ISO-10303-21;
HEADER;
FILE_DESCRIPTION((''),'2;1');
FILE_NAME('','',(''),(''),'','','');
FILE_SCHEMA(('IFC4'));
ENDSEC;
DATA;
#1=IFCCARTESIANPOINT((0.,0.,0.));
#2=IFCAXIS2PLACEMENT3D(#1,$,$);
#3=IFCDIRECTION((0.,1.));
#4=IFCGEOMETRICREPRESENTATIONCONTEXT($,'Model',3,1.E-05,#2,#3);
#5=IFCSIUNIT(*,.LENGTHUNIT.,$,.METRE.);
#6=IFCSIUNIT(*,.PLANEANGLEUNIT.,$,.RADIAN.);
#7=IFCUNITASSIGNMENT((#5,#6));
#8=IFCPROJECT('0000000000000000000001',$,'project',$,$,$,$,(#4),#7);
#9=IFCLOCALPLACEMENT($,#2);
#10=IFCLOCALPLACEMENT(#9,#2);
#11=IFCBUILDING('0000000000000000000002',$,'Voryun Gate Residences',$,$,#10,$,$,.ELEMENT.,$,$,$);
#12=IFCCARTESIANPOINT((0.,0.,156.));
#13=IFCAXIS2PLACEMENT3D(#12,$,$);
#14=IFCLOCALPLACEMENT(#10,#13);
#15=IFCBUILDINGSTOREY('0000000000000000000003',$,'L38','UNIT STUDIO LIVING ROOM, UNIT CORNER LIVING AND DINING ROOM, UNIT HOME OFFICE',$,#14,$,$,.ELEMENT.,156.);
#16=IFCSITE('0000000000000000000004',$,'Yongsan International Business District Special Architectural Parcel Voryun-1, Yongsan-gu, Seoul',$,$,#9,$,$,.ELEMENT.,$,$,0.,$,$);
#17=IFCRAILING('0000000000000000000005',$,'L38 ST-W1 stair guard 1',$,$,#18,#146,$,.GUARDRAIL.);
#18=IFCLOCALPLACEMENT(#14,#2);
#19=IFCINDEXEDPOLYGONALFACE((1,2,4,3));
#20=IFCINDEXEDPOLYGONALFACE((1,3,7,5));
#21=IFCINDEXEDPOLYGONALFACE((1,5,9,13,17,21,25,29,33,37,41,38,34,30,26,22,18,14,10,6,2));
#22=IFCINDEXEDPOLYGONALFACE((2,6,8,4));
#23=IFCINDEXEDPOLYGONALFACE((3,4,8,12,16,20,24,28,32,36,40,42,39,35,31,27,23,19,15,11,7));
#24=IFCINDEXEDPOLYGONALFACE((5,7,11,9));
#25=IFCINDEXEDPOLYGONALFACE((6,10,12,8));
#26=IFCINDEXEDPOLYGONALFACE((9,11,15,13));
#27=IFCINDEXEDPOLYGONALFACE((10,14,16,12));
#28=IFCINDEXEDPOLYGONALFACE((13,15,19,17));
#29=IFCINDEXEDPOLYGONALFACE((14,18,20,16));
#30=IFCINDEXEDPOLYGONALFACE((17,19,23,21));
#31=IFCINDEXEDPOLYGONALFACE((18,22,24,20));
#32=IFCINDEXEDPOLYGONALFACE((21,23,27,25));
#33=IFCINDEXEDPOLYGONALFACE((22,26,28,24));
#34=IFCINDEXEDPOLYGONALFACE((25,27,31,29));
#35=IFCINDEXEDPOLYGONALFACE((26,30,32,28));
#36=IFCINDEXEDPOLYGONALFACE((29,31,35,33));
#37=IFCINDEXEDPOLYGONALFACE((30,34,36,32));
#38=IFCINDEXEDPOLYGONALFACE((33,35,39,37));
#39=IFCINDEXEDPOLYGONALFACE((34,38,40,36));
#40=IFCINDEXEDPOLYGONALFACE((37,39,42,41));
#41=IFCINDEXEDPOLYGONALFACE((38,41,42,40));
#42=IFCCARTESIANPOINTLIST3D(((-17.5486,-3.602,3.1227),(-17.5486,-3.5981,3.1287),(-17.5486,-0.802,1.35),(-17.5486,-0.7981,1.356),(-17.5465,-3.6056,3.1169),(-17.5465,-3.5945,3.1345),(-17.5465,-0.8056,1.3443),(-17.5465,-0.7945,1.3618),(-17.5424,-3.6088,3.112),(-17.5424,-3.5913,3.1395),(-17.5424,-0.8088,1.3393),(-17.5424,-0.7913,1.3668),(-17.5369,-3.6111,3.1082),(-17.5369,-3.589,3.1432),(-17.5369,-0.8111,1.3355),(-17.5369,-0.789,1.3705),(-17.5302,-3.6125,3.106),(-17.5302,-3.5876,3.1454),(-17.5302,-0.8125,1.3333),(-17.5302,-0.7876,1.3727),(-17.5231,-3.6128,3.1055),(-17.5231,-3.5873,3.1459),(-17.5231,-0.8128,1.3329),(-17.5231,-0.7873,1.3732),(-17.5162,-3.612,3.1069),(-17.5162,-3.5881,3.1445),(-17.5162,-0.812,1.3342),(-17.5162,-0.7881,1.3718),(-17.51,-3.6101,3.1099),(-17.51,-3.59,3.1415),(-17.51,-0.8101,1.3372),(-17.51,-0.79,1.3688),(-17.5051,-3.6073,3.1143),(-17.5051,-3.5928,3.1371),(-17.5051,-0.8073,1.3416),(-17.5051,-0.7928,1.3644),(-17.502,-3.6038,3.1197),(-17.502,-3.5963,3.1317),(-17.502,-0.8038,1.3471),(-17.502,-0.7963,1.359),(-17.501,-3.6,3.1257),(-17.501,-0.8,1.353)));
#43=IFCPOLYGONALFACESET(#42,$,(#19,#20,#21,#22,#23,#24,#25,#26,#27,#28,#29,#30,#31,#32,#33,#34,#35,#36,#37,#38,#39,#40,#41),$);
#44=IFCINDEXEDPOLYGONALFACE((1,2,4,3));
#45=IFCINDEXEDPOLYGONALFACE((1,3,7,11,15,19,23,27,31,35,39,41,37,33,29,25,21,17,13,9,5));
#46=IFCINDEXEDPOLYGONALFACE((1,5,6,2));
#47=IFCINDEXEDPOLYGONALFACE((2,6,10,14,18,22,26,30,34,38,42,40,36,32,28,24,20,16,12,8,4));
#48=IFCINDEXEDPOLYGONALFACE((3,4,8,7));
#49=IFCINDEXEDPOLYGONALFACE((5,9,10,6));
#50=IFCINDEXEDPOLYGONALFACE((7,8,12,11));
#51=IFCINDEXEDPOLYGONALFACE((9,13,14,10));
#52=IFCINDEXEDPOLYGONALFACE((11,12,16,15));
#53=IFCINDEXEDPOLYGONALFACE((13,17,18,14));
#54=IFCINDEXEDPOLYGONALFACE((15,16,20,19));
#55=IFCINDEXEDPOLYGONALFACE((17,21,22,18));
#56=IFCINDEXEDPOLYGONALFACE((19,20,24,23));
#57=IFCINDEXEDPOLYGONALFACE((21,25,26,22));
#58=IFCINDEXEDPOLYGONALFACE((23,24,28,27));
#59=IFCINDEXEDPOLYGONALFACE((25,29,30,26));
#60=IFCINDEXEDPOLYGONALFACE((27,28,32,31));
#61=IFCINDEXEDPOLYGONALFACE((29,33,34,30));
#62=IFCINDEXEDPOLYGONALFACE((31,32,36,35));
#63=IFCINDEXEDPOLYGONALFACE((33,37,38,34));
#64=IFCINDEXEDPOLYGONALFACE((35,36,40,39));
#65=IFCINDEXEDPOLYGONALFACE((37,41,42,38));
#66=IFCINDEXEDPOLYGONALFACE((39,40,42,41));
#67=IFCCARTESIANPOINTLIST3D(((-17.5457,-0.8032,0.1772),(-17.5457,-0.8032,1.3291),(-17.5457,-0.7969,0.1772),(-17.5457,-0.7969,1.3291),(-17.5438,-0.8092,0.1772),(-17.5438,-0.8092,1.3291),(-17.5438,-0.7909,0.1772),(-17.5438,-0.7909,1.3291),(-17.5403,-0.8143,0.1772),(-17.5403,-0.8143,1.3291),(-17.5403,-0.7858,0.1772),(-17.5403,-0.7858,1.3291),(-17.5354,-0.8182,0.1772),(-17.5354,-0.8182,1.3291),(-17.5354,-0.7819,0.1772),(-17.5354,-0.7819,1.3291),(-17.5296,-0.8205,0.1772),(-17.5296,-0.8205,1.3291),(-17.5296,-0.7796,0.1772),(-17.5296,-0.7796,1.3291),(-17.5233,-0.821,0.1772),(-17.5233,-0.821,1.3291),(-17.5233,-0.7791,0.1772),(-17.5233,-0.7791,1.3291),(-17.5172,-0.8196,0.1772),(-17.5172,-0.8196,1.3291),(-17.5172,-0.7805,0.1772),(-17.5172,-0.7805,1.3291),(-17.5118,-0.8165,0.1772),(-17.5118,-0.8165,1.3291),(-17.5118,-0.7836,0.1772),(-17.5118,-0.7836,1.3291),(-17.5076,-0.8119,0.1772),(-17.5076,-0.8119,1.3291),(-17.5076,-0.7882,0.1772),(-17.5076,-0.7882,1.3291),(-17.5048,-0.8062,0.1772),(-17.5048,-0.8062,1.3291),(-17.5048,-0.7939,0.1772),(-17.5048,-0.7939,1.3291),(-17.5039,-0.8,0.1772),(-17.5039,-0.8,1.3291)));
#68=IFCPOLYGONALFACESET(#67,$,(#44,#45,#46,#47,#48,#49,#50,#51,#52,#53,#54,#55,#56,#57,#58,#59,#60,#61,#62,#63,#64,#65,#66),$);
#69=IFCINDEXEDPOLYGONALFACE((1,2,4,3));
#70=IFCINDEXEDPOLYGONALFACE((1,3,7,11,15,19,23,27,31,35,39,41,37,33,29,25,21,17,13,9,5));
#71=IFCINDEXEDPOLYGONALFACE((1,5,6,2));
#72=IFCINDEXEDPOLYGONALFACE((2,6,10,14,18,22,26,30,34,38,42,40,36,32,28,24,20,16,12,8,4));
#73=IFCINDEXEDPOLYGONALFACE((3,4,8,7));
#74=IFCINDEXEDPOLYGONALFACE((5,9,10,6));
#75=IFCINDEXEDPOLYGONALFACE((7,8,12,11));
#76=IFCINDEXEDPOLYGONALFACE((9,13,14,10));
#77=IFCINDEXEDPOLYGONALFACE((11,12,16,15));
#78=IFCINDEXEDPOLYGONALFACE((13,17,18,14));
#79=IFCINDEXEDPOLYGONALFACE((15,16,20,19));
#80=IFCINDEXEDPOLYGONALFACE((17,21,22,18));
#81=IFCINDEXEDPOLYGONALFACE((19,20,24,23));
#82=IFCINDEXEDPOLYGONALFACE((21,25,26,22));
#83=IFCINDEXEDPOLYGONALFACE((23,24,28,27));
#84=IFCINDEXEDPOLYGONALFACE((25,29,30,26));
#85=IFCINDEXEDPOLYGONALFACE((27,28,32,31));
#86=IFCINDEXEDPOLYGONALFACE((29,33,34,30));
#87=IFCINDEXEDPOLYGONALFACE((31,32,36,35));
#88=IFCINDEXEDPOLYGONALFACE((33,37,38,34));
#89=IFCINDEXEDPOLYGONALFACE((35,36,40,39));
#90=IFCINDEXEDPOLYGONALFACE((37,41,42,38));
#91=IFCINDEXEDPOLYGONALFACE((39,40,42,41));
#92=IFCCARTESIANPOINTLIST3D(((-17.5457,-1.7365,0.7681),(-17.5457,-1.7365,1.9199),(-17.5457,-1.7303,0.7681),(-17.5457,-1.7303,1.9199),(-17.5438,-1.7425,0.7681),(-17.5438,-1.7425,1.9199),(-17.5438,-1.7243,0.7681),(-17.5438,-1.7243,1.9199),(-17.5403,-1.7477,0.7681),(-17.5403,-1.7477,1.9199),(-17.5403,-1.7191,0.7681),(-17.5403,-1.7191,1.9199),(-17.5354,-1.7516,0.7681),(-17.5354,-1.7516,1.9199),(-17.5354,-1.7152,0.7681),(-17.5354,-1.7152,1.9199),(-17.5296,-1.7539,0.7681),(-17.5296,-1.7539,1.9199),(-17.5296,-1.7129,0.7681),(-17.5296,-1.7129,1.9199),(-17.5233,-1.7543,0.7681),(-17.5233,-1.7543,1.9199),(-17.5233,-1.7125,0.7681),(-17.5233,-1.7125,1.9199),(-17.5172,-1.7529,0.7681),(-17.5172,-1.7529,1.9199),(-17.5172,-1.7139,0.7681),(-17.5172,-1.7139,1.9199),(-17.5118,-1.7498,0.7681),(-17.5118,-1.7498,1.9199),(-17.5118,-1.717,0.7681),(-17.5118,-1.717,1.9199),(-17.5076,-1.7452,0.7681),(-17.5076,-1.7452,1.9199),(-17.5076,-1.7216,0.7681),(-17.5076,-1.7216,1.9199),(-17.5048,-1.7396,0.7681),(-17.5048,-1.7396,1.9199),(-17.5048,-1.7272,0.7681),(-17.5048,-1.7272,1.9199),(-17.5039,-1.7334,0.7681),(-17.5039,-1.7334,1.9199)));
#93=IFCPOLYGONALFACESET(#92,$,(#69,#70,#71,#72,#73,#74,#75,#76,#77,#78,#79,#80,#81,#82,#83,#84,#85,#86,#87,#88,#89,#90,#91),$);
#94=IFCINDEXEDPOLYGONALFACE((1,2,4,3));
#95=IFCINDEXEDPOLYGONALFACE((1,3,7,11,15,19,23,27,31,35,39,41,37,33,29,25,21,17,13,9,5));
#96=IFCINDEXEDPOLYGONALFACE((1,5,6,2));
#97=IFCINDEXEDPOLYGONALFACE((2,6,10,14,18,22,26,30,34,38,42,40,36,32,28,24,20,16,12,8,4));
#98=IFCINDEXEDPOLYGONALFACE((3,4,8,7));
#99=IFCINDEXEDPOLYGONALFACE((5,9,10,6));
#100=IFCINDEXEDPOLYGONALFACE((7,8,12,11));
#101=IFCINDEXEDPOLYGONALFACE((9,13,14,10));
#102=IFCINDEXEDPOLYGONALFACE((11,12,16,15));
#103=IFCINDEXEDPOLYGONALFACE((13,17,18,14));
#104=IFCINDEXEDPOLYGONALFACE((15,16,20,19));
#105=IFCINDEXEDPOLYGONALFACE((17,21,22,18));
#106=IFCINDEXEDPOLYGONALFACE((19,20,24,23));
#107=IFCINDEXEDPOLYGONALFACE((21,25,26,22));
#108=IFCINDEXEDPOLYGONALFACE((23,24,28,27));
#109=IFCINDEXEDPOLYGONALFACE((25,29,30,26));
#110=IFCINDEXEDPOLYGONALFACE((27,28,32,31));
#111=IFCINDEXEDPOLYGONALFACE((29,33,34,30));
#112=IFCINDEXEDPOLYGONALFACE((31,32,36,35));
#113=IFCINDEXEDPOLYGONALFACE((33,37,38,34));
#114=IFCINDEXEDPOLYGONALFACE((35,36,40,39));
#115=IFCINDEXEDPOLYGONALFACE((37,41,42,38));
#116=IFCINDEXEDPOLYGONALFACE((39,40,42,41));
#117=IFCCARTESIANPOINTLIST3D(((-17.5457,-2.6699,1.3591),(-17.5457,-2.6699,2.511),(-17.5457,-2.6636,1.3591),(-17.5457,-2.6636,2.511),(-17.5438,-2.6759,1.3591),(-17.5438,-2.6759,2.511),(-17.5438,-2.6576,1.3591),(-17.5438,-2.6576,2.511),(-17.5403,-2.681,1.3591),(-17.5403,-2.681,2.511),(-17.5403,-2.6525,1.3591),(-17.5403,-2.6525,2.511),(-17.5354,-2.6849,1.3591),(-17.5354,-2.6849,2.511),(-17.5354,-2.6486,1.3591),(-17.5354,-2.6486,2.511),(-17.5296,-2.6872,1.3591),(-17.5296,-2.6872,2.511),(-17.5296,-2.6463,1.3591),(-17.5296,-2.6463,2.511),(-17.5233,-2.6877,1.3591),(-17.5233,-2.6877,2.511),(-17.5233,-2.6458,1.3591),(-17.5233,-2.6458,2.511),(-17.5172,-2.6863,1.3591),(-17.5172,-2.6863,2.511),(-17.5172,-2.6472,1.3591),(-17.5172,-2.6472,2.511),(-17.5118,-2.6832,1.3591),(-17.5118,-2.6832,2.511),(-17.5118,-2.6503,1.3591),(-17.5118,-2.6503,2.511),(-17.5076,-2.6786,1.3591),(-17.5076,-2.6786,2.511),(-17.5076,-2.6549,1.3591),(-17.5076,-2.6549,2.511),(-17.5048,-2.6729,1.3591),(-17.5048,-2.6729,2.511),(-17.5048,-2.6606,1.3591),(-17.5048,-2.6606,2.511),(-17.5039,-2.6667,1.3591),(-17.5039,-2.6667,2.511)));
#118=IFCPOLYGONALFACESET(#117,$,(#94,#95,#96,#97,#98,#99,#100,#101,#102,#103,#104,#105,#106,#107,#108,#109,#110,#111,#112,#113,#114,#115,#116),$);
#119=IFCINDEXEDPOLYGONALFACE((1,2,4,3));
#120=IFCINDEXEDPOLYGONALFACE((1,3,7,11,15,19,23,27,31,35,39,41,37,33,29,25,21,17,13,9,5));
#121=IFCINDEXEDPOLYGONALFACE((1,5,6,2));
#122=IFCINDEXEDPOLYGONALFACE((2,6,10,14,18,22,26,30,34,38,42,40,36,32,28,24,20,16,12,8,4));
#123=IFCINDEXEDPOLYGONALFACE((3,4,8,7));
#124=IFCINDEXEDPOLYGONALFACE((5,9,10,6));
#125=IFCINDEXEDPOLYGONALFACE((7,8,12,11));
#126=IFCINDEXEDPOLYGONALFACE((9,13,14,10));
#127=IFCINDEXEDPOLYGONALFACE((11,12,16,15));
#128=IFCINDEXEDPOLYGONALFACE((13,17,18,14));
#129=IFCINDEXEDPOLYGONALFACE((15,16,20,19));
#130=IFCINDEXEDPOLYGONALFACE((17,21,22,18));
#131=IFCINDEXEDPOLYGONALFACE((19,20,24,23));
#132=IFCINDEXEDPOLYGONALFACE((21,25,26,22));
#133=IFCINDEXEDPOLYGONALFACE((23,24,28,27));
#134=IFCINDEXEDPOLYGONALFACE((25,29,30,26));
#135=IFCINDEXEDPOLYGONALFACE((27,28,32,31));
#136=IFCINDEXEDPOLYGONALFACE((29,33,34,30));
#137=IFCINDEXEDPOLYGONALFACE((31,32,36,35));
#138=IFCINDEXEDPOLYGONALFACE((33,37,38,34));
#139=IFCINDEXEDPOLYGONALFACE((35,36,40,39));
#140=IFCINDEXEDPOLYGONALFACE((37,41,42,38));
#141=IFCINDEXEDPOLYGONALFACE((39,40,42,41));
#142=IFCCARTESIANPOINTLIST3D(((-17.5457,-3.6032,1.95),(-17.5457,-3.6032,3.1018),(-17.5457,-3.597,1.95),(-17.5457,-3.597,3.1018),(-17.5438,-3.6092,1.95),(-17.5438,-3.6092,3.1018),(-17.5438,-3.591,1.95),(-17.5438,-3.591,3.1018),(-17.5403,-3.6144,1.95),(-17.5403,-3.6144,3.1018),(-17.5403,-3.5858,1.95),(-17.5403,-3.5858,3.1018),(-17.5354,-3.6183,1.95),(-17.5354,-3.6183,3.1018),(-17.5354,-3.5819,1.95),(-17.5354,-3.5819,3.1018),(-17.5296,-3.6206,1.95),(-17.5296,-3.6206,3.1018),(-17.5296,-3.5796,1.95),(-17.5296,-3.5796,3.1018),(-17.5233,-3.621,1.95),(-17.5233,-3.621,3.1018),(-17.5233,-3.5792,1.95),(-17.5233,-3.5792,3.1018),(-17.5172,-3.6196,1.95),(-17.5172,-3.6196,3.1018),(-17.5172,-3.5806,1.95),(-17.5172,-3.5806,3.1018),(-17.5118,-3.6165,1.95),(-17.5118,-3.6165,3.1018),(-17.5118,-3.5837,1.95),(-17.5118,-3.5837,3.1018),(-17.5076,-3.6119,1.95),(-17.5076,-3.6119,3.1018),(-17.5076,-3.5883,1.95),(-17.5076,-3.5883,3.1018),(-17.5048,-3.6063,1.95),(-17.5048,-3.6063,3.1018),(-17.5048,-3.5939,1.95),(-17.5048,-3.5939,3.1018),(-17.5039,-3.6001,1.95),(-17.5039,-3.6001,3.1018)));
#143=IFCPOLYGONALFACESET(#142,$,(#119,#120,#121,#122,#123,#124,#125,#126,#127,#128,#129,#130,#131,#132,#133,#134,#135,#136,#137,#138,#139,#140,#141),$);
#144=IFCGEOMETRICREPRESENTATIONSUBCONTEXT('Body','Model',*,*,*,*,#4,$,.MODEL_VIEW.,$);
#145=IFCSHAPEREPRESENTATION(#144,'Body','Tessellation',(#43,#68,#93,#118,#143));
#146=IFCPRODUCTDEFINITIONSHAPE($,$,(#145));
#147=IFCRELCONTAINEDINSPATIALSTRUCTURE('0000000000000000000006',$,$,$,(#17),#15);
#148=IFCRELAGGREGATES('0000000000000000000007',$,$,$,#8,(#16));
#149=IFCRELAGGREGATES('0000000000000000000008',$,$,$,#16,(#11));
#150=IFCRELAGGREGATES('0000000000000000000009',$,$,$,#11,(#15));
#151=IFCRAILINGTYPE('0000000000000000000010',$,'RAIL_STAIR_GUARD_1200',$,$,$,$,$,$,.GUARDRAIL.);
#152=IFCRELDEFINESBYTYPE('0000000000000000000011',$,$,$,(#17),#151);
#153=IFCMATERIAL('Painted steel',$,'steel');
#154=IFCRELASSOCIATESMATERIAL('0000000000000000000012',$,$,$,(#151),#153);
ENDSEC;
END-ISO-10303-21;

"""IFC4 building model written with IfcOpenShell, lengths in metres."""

from ifc_helpers import new_model, si_unit, direction, frame, origin, origin_2d, place, context, subcontext, project, spatial, circle, extrude, material, type_object, element, save


model = new_model("IFC4")

# Units and contexts
model_context = context("Model", 3, precision=1e-05, world=origin(), true_north=direction((0.0, 1.0)))
body_context = subcontext(model_context, "Body", "Model", "MODEL_VIEW")
ifc_project = project(units=[si_unit("LENGTHUNIT", "METRE"), si_unit("PLANEANGLEUNIT", "RADIAN")], contexts=[model_context])

# Site, building, storey
site_placement = place(None, origin())
site = spatial("IfcSite", under=ifc_project, at=site_placement, Name="Yongsan International Business District Special Architectural Parcel Voryun-1, Yongsan-gu, Seoul", CompositionType="ELEMENT", RefElevation=0.0)
building_placement = place(site_placement, origin())
building = spatial("IfcBuilding", under=site, at=building_placement, Name="Voryun Gate Residences", CompositionType="ELEMENT")
storey_placement = place(building_placement, frame((0.0, 0.0, 156.0)))
storey = spatial("IfcBuildingStorey", under=building, at=storey_placement, Name="L38", Description="UNIT STUDIO LIVING ROOM, UNIT CORNER LIVING AND DINING ROOM, UNIT HOME OFFICE", CompositionType="ELEMENT", Elevation=156.0)

# Railing
ifc_material_1 = material(Name="Painted steel", Category="steel")
railing_type_1 = type_object("IfcRailingType", Name="RAIL_STAIR_GUARD_1200", PredefinedType="GUARDRAIL", material=ifc_material_1)
railing_1_placement = place(storey_placement, frame((-17.5249, -0.8, 0.1772)))
element("IfcRailing", 1, at=railing_1_placement, inside=storey, type_object=railing_type_1, Name="L38 ST-W1 stair guard 1", PredefinedType="GUARDRAIL", context=body_context, shape_type="SweptSolid", body=[
    extrude(circle(Radius=0.0239, at=origin_2d()), frame((0.0, 0.0, 1.1758), z_axis=(0.0, -0.844909, 0.53491), x_axis=(1.0, 0.0, 0.0)), (0.0, 0.0, 1.0), 3.314),
    extrude(circle(Radius=0.021, at=origin_2d()), origin(), (0.0, 0.0, 1.0), 1.1519),
    extrude(circle(Radius=0.021, at=origin_2d()), frame((0.0, -0.9333, 0.5908)), (0.0, 0.0, 1.0), 1.1519),
    extrude(circle(Radius=0.021, at=origin_2d()), frame((0.0, -1.8667, 1.1819)), (0.0, 0.0, 1.0), 1.1519),
    extrude(circle(Radius=0.021, at=origin_2d()), frame((0.0, -2.8, 1.7727)), (0.0, 0.0, 1.0), 1.1519),
])

save(model, "model.ifc")
